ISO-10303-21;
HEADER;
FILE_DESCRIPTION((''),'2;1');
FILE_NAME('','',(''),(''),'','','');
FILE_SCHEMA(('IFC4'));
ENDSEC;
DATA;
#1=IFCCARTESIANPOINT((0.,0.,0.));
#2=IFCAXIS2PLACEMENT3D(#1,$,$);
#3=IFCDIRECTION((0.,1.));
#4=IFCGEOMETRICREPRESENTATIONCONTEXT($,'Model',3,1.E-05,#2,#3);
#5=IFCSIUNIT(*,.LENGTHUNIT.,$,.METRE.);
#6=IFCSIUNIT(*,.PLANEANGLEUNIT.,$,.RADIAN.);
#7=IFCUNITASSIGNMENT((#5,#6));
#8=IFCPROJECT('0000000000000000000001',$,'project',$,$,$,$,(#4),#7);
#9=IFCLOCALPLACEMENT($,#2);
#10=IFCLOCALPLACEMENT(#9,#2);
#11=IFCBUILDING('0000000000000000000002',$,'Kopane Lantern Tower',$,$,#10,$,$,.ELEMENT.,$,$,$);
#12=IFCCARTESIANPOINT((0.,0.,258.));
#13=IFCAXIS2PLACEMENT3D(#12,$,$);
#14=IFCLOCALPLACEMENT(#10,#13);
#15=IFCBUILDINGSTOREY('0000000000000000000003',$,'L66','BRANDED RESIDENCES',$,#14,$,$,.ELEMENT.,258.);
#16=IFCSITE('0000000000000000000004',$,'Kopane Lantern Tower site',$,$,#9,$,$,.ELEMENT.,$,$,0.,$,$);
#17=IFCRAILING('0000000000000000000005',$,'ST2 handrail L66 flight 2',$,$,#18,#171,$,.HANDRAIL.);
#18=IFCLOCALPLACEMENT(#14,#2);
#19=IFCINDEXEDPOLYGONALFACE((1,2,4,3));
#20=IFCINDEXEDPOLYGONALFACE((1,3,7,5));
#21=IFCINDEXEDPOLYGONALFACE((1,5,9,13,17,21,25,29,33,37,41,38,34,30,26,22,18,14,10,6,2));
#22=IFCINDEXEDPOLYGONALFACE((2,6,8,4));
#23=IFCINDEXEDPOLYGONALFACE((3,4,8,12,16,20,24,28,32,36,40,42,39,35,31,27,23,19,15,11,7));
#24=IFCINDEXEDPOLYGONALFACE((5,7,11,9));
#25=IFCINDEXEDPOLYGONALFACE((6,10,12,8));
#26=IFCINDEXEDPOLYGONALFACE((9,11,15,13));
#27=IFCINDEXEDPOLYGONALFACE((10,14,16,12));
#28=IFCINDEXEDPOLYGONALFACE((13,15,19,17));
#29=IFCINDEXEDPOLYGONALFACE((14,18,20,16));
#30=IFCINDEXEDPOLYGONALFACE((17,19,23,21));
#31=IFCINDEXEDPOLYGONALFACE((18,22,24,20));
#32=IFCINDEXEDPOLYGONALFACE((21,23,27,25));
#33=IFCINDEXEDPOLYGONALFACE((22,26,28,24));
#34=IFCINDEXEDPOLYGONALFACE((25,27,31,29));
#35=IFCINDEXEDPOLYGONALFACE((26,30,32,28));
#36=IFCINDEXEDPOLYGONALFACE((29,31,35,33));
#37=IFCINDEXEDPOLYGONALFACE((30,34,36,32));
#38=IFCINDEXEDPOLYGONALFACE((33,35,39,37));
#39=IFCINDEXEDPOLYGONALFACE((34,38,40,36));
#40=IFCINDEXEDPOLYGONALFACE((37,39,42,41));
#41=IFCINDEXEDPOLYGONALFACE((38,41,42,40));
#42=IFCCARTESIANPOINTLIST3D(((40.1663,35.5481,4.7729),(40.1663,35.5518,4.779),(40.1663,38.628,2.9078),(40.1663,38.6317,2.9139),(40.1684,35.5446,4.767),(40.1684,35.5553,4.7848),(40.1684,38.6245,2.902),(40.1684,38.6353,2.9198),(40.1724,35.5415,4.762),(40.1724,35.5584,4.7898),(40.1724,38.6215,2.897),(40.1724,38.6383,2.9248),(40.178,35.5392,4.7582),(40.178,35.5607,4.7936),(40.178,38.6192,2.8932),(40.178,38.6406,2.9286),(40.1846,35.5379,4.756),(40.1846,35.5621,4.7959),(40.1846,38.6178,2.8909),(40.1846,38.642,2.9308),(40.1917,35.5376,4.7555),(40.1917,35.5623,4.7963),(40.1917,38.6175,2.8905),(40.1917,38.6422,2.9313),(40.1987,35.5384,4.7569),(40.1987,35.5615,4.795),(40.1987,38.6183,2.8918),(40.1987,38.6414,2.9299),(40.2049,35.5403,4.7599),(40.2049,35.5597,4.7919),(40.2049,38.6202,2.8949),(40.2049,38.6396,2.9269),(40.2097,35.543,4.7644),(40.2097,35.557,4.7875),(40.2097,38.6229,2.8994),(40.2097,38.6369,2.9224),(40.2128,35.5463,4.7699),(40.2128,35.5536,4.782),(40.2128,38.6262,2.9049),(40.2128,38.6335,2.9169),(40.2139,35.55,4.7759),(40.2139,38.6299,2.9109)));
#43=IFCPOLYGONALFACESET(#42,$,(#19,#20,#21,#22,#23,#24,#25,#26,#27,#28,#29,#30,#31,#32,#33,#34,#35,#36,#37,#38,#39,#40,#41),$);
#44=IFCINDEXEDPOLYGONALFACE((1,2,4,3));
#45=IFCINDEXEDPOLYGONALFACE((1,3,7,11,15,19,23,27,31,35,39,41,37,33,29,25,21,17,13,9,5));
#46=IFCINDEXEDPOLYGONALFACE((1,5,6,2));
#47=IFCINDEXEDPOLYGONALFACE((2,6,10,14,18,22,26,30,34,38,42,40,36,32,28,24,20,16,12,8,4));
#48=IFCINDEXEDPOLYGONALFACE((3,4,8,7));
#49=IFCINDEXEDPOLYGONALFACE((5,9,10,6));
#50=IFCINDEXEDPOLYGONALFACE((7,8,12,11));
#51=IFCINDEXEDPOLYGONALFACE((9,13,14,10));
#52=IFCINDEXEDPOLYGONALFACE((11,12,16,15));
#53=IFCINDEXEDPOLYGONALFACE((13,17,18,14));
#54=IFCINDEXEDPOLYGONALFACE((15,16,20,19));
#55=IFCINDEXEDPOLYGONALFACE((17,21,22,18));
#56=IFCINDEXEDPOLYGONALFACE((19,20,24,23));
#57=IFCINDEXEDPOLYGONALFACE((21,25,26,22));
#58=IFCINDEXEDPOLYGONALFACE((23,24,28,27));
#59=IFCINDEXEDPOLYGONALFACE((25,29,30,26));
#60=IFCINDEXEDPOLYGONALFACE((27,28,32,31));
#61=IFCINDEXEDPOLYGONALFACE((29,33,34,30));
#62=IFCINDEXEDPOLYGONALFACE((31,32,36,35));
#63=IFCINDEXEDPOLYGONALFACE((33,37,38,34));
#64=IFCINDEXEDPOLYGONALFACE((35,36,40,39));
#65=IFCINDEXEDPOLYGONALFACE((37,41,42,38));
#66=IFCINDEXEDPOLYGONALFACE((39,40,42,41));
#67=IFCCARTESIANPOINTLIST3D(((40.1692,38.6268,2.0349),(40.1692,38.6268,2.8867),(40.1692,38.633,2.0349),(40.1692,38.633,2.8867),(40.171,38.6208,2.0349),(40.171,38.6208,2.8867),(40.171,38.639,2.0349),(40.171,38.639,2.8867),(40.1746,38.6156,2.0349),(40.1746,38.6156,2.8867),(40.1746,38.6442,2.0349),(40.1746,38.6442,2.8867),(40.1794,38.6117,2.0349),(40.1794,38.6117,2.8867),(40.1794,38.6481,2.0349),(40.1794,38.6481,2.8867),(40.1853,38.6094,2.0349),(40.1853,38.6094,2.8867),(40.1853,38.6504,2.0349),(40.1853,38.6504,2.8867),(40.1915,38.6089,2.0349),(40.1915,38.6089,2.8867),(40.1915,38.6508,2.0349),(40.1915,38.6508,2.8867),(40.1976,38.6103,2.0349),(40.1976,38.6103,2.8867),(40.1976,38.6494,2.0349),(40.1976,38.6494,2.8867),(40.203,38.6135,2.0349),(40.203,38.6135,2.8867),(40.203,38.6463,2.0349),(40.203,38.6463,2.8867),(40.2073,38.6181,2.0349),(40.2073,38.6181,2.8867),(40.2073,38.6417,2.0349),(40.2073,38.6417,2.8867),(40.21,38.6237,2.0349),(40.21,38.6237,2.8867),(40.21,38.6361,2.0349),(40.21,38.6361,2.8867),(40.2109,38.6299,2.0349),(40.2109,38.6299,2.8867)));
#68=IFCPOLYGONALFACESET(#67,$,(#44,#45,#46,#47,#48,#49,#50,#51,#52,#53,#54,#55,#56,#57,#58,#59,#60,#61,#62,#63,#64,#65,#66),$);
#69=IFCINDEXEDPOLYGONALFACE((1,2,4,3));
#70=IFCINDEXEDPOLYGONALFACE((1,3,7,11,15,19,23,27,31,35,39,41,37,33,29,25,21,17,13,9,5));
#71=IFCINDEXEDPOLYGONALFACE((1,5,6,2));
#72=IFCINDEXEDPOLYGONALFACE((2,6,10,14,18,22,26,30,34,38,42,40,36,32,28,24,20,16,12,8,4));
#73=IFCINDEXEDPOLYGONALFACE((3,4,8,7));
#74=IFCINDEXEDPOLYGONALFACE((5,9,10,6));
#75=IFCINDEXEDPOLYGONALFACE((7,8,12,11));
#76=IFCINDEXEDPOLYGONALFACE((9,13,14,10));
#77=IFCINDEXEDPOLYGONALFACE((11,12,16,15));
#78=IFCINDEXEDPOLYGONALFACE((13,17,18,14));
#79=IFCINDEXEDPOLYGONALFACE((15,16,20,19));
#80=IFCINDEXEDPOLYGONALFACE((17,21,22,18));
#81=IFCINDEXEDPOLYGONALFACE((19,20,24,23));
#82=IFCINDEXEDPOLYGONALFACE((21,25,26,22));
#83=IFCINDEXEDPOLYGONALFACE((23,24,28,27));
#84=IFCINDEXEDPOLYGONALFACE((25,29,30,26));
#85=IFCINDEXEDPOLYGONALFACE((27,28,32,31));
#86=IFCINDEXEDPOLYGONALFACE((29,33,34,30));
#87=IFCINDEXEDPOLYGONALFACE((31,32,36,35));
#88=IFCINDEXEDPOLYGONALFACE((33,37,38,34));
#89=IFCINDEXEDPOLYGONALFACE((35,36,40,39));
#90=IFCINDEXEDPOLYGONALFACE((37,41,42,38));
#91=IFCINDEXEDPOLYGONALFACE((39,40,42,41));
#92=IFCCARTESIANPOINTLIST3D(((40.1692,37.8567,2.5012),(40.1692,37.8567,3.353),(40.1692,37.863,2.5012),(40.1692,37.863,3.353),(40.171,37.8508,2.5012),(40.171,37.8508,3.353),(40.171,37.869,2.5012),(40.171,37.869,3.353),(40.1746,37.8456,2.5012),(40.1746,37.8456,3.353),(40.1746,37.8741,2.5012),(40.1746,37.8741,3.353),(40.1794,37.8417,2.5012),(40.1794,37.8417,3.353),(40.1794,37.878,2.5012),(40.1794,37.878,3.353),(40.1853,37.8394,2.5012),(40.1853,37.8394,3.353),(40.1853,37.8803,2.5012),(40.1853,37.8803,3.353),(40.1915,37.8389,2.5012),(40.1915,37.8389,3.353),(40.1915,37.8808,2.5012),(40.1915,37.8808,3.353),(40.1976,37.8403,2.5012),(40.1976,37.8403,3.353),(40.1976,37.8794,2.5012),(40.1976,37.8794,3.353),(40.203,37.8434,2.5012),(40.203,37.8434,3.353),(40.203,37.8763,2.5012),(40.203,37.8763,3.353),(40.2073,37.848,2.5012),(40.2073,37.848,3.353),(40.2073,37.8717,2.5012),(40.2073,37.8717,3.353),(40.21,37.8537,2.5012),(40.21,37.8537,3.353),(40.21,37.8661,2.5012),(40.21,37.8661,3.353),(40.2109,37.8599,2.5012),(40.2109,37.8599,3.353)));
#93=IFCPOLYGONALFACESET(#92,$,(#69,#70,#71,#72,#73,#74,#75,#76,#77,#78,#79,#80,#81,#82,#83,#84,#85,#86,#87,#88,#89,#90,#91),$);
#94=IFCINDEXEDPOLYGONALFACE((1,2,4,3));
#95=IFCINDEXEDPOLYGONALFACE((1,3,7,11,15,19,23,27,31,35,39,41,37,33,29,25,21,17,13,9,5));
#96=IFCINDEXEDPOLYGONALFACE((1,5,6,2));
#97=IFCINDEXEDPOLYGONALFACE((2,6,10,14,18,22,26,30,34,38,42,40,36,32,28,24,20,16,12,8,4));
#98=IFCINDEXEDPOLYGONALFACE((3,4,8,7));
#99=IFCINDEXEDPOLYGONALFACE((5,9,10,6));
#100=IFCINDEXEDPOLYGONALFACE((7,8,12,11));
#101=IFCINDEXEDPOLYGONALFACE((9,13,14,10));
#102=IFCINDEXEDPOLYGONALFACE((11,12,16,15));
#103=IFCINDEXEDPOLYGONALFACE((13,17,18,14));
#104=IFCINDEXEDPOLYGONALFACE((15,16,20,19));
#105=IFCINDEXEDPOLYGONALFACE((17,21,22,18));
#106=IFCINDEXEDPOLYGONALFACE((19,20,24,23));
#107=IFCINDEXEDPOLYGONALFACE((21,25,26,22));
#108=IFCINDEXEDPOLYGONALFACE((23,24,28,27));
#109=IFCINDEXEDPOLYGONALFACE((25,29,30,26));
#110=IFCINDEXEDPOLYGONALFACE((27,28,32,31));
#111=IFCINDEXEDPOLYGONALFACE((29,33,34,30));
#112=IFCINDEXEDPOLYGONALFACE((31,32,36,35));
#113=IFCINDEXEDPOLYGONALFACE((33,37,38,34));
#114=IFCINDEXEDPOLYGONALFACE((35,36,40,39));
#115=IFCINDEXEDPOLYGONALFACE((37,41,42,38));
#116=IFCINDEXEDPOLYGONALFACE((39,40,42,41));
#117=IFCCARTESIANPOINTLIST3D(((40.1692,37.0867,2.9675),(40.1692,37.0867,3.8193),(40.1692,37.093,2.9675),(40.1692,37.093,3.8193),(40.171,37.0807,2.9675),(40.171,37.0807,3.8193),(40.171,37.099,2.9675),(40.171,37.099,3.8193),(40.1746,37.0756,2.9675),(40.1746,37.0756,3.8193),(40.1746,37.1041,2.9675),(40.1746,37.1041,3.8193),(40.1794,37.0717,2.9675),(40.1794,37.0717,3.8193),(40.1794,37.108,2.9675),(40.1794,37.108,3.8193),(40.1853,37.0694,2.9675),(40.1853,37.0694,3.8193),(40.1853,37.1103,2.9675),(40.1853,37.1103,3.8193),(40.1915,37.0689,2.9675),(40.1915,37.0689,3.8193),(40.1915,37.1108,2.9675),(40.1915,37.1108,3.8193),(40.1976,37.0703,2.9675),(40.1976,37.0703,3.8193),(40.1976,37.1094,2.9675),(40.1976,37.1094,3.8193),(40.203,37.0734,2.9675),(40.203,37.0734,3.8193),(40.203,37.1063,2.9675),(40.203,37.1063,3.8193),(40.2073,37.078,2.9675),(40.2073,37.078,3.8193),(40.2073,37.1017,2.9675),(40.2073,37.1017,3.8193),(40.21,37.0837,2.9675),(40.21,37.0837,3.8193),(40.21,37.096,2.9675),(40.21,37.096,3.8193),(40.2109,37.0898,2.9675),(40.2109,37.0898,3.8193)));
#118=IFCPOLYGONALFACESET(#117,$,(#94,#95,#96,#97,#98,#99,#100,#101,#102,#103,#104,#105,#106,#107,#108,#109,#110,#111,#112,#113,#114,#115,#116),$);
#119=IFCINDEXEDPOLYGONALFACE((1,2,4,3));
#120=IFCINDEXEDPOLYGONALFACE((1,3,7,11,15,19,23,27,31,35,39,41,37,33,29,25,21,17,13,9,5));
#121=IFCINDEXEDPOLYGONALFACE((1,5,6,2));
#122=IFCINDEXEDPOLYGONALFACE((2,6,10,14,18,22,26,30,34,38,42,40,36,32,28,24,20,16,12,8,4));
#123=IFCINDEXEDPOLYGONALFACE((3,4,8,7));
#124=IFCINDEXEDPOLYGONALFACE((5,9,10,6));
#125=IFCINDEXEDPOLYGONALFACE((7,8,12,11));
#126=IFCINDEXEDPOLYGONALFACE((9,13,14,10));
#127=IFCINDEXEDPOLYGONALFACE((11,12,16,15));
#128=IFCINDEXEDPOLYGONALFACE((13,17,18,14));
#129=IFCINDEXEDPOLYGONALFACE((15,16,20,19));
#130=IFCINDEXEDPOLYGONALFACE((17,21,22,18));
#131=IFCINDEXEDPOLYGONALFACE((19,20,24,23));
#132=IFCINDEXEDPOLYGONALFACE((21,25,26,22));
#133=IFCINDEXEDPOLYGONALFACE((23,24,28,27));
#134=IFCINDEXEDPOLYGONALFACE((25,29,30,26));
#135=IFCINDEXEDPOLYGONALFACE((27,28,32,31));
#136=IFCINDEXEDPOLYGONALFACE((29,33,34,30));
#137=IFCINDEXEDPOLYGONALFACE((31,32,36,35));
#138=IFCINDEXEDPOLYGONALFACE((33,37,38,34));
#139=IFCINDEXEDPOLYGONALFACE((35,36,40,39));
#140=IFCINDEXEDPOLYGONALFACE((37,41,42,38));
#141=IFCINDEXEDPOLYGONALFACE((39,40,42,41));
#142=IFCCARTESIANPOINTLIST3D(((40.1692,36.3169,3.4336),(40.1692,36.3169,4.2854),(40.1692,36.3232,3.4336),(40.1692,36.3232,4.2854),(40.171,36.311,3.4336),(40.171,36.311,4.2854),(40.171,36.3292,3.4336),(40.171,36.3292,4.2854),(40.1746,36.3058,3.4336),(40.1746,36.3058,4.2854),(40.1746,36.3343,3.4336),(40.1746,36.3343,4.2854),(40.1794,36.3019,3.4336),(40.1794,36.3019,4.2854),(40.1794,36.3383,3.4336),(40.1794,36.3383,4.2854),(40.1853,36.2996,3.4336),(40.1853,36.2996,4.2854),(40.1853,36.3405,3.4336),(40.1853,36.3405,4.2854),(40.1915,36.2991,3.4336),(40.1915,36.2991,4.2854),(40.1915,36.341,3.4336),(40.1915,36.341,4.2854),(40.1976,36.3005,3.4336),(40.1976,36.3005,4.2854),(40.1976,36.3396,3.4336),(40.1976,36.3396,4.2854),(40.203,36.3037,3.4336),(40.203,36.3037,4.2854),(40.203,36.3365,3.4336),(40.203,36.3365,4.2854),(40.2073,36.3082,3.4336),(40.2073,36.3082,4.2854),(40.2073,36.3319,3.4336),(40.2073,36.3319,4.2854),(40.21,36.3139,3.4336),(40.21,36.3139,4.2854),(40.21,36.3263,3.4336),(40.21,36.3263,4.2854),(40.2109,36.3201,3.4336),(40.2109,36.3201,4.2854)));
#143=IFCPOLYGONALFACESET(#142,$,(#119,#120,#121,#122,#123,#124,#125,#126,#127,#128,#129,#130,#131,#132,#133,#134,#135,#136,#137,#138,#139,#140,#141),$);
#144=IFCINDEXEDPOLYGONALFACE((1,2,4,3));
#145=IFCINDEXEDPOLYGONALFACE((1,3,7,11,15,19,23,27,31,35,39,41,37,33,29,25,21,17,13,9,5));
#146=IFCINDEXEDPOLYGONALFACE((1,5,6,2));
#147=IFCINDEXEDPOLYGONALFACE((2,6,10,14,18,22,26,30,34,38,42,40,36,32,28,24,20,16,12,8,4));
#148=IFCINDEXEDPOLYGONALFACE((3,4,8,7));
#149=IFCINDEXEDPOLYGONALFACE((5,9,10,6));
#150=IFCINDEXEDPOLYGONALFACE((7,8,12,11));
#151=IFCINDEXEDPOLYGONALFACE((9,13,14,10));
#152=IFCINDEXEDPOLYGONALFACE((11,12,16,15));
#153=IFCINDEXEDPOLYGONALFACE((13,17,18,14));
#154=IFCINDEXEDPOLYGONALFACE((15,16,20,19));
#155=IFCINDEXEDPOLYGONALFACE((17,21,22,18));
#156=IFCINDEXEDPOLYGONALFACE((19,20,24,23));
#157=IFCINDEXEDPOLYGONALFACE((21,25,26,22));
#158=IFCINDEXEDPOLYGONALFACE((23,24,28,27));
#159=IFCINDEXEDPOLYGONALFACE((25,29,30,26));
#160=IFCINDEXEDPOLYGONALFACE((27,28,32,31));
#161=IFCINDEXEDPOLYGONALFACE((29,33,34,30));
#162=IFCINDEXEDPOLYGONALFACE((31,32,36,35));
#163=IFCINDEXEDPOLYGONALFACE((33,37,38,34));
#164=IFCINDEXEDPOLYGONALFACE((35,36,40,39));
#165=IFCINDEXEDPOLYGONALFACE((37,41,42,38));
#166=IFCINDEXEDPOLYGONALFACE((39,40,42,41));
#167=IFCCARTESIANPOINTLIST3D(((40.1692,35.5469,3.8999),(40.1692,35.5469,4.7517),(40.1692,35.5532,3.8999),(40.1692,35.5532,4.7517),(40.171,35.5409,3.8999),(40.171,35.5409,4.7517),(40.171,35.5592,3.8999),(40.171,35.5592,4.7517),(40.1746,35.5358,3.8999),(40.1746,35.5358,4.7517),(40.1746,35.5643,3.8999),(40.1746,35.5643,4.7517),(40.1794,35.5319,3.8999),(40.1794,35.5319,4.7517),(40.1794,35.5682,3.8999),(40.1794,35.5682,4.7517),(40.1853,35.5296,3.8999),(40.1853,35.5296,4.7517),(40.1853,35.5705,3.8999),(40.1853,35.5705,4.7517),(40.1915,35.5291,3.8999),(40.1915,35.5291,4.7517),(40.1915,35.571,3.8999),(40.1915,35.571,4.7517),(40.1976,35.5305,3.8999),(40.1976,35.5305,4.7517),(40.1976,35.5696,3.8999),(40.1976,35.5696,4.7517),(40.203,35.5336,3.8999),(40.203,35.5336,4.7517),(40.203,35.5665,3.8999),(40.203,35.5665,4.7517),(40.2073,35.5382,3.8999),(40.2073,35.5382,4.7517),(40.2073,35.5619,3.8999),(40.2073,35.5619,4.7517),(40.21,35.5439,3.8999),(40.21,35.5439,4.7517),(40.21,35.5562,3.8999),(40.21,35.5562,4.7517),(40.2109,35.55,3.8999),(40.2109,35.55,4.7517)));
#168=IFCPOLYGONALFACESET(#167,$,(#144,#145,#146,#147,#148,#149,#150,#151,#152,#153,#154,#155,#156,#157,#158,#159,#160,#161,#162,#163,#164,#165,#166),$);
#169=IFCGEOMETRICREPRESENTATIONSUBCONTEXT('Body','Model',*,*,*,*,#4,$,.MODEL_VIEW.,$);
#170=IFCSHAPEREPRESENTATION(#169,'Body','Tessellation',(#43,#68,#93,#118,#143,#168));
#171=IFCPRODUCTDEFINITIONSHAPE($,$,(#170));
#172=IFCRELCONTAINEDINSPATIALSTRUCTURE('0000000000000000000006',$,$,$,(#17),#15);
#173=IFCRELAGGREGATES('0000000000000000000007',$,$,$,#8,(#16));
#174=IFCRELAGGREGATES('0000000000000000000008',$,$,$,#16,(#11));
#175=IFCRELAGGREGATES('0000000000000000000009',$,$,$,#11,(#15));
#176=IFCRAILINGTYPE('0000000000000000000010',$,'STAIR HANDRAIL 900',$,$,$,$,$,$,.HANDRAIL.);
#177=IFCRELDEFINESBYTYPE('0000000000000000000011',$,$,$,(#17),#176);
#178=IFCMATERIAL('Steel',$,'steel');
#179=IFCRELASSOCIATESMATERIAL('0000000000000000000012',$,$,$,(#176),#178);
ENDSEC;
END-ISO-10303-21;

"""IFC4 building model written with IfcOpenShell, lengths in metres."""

from ifc_helpers import new_model, si_unit, direction, frame, origin, origin_2d, place, context, subcontext, project, spatial, circle, extrude, material, type_object, element, save


model = new_model("IFC4")

# Units and contexts
model_context = context("Model", 3, precision=1e-05, world=origin(), true_north=direction((0.0, 1.0)))
body_context = subcontext(model_context, "Body", "Model", "MODEL_VIEW")
ifc_project = project(units=[si_unit("LENGTHUNIT", "METRE"), si_unit("PLANEANGLEUNIT", "RADIAN")], contexts=[model_context])

# Site, building, storey
site_placement = place(None, origin())
site = spatial("IfcSite", under=ifc_project, at=site_placement, Name="Kopane Lantern Tower site", CompositionType="ELEMENT", RefElevation=0.0)
building_placement = place(site_placement, origin())
building = spatial("IfcBuilding", under=site, at=building_placement, Name="Kopane Lantern Tower", CompositionType="ELEMENT")
storey_placement = place(building_placement, frame((0.0, 0.0, 258.0)))
storey = spatial("IfcBuildingStorey", under=building, at=storey_placement, Name="L66", Description="BRANDED RESIDENCES", CompositionType="ELEMENT", Elevation=258.0)

# Railing
ifc_material_1 = material(Name="Steel", Category="steel")
railing_type_1 = type_object("IfcRailingType", Name="STAIR HANDRAIL 900", PredefinedType="HANDRAIL", material=ifc_material_1)
for number, where, name in (
    (1, (40.1899, 38.6299, 2.0349), "ST2 handrail L66 flight 2"),
):
    element("IfcRailing", number, at=place(storey_placement, frame(where)), inside=storey, type_object=railing_type_1, Name=name, PredefinedType="HANDRAIL", context=body_context, shape_type="SweptSolid", body=[
        extrude(circle(Radius=0.0239, at=origin_2d()), frame((0.0, 0.0, 0.876), z_axis=(0.0, -0.855392, 0.517982), x_axis=(1.0, 0.0, 0.0)), (0.0, 0.0, 1.0), 3.6006),
        extrude(circle(Radius=0.021, at=origin_2d()), origin(), (0.0, 0.0, 1.0), 0.8518),
        extrude(circle(Radius=0.021, at=origin_2d()), frame((0.0, -0.77, 0.4663)), (0.0, 0.0, 1.0), 0.8518),
        extrude(circle(Radius=0.021, at=origin_2d()), frame((0.0, -1.54, 0.9326)), (0.0, 0.0, 1.0), 0.8518),
        extrude(circle(Radius=0.021, at=origin_2d()), frame((0.0, -2.3098, 1.3987)), (0.0, 0.0, 1.0), 0.8518),
        extrude(circle(Radius=0.021, at=origin_2d()), frame((0.0, -3.0798, 1.865)), (0.0, 0.0, 1.0), 0.8518),
    ])

save(model, "model.ifc")
